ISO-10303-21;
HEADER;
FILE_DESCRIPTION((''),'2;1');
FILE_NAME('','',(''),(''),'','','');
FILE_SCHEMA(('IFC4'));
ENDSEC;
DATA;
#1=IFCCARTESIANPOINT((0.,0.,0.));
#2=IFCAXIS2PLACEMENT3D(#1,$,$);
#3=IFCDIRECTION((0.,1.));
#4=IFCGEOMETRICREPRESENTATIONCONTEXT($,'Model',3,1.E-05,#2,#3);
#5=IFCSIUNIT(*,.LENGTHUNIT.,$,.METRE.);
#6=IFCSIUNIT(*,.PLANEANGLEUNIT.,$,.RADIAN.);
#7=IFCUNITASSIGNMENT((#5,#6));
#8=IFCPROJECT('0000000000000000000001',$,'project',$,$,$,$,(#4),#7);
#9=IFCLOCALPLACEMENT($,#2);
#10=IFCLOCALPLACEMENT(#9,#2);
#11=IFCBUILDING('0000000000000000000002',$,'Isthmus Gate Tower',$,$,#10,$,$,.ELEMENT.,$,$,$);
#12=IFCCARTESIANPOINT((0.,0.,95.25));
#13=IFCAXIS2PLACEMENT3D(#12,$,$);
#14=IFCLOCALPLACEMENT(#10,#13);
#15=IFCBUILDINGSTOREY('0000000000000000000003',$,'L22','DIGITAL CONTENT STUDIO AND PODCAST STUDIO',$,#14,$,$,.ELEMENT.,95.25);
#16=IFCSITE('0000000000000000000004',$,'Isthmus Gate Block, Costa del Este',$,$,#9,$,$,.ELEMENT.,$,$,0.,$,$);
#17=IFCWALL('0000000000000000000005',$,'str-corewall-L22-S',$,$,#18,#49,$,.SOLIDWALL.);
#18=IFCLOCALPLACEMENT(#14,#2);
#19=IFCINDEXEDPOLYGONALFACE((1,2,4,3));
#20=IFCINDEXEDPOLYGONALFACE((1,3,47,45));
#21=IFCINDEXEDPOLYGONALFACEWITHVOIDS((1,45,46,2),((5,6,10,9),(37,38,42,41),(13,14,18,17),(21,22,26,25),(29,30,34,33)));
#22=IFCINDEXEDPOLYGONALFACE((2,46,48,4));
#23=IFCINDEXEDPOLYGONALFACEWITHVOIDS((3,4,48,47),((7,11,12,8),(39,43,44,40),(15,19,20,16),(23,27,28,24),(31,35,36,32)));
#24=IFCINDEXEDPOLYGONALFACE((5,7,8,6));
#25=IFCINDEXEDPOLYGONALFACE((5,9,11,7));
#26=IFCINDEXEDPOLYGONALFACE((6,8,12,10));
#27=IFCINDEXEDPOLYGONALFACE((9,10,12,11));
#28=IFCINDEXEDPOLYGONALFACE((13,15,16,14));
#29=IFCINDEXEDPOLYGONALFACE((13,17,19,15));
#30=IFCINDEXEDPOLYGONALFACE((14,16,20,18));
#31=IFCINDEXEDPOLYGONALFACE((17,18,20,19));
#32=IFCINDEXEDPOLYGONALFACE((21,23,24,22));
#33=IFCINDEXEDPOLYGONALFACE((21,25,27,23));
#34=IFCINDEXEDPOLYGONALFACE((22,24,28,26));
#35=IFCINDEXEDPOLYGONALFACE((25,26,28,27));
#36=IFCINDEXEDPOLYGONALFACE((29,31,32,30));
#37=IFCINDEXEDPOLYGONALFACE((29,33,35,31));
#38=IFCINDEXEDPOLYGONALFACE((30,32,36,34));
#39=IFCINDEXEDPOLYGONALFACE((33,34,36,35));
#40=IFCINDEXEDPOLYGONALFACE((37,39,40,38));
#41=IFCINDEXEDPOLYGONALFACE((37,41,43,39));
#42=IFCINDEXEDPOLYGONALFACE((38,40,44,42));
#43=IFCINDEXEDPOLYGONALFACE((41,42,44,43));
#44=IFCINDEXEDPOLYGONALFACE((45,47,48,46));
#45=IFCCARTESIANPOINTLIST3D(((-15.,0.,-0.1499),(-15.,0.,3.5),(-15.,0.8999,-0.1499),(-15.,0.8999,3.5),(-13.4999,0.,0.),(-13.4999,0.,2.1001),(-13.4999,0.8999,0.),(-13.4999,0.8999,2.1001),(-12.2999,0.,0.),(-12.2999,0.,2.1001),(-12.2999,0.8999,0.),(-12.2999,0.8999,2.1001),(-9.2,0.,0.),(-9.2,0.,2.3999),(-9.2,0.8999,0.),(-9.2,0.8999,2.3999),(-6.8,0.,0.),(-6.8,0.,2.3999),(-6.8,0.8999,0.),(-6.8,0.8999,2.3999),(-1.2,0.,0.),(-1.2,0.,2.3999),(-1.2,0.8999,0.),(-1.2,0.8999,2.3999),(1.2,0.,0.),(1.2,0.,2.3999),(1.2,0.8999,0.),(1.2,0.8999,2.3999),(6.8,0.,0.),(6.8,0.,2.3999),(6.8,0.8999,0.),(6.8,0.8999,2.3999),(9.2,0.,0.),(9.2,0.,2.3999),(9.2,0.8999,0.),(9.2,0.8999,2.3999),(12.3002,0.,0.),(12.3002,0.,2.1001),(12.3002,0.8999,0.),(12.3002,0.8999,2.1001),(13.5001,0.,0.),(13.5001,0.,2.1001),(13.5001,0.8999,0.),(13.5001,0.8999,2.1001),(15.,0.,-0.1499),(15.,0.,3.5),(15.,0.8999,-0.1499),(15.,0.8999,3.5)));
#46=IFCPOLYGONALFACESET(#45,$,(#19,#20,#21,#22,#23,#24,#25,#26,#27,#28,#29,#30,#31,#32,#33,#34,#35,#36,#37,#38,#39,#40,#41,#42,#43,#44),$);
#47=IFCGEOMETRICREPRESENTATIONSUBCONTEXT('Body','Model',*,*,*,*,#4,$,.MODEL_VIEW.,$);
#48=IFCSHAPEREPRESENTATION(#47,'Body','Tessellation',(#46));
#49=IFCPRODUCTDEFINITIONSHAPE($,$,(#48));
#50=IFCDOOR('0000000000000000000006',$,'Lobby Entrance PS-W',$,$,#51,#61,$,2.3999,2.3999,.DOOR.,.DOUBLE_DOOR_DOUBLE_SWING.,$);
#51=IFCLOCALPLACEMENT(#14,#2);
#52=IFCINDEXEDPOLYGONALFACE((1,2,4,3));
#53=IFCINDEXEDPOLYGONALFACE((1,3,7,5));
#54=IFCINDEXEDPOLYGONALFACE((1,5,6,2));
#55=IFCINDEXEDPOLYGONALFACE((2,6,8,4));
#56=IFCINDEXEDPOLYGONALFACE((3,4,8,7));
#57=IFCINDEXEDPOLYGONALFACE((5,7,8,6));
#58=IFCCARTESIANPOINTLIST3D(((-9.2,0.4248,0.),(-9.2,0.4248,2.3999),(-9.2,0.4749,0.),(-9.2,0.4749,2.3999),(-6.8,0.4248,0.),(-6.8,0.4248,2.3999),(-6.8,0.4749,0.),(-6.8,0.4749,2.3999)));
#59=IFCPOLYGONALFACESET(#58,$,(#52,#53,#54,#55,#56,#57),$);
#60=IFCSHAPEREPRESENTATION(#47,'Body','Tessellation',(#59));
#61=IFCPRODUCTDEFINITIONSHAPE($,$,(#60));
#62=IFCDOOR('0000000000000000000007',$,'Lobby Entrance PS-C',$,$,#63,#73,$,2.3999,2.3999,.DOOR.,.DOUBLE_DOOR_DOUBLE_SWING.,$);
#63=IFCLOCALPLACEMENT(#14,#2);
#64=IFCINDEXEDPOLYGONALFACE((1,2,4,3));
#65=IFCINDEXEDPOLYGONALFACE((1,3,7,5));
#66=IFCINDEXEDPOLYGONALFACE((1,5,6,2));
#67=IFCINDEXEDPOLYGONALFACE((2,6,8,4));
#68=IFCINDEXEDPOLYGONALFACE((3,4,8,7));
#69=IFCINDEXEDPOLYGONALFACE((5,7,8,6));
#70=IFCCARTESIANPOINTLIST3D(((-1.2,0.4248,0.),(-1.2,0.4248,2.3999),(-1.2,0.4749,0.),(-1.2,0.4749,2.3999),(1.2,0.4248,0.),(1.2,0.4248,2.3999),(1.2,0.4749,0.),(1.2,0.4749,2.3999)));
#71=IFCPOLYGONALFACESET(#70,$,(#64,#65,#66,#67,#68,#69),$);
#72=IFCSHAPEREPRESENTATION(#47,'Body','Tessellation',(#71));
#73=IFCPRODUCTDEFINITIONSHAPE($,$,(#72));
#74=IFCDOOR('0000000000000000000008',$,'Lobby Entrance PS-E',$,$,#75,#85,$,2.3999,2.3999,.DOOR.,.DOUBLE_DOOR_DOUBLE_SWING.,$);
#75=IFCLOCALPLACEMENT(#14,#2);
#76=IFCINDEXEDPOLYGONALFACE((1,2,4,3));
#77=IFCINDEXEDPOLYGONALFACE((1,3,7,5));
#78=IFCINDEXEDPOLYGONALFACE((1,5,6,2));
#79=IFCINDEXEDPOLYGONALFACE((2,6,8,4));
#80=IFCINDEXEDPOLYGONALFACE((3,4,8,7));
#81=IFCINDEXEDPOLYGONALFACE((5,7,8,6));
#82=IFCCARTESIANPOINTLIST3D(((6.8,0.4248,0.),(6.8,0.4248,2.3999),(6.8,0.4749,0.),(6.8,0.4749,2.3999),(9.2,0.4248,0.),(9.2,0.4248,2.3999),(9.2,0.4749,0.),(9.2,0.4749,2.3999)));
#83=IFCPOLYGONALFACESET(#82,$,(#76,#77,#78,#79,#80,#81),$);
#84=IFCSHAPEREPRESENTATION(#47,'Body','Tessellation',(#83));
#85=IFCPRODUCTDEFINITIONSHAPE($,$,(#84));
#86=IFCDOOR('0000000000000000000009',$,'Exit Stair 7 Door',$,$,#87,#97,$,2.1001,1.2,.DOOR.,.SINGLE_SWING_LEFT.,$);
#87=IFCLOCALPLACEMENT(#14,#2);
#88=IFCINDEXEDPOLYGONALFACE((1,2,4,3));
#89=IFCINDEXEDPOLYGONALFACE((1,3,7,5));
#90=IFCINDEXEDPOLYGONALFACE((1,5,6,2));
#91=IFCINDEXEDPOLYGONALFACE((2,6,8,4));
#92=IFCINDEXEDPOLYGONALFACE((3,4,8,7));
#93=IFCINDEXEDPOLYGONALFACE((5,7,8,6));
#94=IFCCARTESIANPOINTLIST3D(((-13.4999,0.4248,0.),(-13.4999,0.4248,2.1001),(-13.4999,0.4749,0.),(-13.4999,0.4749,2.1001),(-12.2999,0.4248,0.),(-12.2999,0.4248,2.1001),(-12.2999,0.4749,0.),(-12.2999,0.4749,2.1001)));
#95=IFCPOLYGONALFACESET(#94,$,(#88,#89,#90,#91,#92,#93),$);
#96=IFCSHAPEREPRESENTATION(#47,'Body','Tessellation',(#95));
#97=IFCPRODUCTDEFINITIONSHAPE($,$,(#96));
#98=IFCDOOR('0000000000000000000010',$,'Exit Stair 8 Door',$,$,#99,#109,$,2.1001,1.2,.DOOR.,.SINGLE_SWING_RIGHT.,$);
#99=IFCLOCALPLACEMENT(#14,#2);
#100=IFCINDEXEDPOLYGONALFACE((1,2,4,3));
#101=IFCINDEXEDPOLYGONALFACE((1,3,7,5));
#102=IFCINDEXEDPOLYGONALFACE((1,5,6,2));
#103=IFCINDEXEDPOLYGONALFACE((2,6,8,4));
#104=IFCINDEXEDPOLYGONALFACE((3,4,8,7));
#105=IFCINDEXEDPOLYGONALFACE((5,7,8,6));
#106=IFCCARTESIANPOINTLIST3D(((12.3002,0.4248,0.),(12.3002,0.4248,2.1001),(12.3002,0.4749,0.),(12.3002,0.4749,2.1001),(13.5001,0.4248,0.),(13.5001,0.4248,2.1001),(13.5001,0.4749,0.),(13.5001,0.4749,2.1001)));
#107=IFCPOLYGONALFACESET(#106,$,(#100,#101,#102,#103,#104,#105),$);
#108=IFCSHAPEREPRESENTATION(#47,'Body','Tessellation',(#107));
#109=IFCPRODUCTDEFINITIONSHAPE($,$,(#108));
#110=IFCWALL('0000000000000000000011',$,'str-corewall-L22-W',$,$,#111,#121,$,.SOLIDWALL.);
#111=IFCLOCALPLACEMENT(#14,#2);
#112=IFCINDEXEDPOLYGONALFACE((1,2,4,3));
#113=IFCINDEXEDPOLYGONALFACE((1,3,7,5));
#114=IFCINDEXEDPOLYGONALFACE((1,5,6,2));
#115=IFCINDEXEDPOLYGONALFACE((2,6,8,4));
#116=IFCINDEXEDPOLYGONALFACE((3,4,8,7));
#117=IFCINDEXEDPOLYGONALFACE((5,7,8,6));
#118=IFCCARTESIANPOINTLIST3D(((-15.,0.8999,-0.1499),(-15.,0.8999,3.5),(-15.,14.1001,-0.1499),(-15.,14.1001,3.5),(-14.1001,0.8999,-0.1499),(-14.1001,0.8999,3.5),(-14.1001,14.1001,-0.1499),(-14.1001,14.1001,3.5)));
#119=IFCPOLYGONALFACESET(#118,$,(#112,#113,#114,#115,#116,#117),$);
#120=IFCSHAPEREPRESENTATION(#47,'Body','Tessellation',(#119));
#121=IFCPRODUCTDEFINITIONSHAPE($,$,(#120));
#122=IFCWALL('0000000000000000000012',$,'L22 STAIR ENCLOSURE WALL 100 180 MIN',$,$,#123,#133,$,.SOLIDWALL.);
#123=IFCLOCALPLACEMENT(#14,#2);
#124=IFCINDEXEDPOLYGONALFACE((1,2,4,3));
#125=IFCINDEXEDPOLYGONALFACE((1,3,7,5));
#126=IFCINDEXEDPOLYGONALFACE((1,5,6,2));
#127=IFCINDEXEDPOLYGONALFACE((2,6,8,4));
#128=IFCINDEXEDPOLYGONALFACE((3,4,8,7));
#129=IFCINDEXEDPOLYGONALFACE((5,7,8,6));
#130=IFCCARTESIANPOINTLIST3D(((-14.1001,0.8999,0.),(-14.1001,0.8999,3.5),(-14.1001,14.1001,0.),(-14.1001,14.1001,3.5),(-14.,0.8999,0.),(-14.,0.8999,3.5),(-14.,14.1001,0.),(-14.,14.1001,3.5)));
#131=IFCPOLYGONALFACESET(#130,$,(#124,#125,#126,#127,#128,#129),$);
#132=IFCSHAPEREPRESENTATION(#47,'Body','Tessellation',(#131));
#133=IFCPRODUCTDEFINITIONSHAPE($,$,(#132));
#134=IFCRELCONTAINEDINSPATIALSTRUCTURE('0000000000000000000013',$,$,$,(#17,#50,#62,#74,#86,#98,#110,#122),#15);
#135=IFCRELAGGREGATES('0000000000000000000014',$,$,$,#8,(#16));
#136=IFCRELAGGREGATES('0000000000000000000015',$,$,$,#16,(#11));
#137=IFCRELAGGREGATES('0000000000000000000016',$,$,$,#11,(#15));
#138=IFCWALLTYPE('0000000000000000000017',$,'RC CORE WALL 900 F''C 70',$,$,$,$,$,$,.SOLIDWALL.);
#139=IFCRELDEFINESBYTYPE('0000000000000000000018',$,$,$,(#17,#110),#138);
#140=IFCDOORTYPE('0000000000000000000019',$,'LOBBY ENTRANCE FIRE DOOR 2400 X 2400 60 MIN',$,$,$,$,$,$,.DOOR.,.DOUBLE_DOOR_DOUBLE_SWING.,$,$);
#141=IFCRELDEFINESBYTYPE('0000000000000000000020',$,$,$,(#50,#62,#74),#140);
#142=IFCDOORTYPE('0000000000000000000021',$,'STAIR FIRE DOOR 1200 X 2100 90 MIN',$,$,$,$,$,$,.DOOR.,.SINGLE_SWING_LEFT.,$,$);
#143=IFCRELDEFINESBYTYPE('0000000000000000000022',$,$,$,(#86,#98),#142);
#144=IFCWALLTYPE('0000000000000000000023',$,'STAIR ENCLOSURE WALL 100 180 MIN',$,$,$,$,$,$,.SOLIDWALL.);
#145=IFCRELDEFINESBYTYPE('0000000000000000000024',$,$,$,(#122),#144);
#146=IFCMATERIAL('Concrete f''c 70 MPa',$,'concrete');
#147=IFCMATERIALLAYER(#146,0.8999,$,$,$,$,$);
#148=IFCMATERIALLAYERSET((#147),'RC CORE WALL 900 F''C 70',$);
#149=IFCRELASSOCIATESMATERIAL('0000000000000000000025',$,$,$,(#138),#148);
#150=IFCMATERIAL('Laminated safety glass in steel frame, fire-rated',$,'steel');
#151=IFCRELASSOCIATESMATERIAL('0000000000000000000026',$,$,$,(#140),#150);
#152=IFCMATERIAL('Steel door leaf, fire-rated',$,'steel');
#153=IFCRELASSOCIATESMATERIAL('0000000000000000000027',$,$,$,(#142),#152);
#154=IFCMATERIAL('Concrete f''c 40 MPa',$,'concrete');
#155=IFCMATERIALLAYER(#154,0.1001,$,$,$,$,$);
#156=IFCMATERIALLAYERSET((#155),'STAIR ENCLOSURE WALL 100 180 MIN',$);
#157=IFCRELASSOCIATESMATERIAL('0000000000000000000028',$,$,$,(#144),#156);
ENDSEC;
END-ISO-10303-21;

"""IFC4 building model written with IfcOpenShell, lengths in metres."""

from ifc_helpers import new_model, si_unit, direction, frame, frame_2d, origin, place, context, subcontext, project, spatial, rectangle, extrude, material, layer, layer_set, type_object, element, fill, save


model = new_model("IFC4")

# Units and contexts
model_context = context("Model", 3, precision=1e-05, world=origin(), true_north=direction((0.0, 1.0)))
body_context = subcontext(model_context, "Body", "Model", "MODEL_VIEW")
ifc_project = project(units=[si_unit("LENGTHUNIT", "METRE"), si_unit("PLANEANGLEUNIT", "RADIAN")], contexts=[model_context])

# Site, building, storey
site_placement = place(None, origin())
site = spatial("IfcSite", under=ifc_project, at=site_placement, Name="Isthmus Gate Block, Costa del Este", CompositionType="ELEMENT", RefElevation=0.0)
building_placement = place(site_placement, origin())
building = spatial("IfcBuilding", under=site, at=building_placement, Name="Isthmus Gate Tower", CompositionType="ELEMENT")
storey_placement = place(building_placement, frame((0.0, 0.0, 95.25)))
storey = spatial("IfcBuildingStorey", under=building, at=storey_placement, Name="L22", Description="DIGITAL CONTENT STUDIO AND PODCAST STUDIO", CompositionType="ELEMENT", Elevation=95.25)

# Wall, openings, doors
ifc_material_1 = material(Name="Concrete f'c 70 MPa", Category="concrete")
ifc_layer_1 = layer(ifc_material_1, 0.8999)
ifc_layer_set_1 = layer_set([ifc_layer_1], Name="RC CORE WALL 900 F'C 70")
wall_type_1 = type_object("IfcWallType", Name="RC CORE WALL 900 F'C 70", PredefinedType="SOLIDWALL", material=ifc_layer_set_1)
wall_1_placement = place(storey_placement, frame((-15.0, 0.45, -0.1499), z_axis=(0.0, 0.0, 1.0), x_axis=(1.0, 0.0, 0.0)))
wall_1 = element("IfcWall", 1, at=wall_1_placement, inside=storey, type_object=wall_type_1, Name="str-corewall-L22-S", PredefinedType="SOLIDWALL", context=body_context, shape_type="SweptSolid", body=[
    extrude(rectangle(XDim=30.0, YDim=0.8999, at=frame_2d((15.0, 0.0))), origin(), (0.0, 0.0, 1.0), 3.6499),
])
opening_1_placement = place(wall_1_placement, frame((5.8, 0.0, 0.1499)))
opening_1 = element("IfcOpeningElement", 2, at=opening_1_placement, cuts=wall_1, PredefinedType="OPENING", context=body_context, shape_type="SweptSolid", body=[
    extrude(rectangle(XDim=2.3999, YDim=2.3999, at=frame_2d((1.2, 1.2))), frame((0.0, 0.46, 0.0), z_axis=(0.0, -1.0, 0.0), x_axis=(1.0, 0.0, 0.0)), (0.0, 0.0, 1.0), 0.9199),
])
opening_2_placement = place(wall_1_placement, frame((13.8, 0.0, 0.1499)))
opening_2 = element("IfcOpeningElement", 3, at=opening_2_placement, cuts=wall_1, PredefinedType="OPENING", context=body_context, shape_type="SweptSolid", body=[
    extrude(rectangle(XDim=2.3999, YDim=2.3999, at=frame_2d((1.2, 1.2))), frame((0.0, 0.46, 0.0), z_axis=(0.0, -1.0, 0.0), x_axis=(1.0, 0.0, 0.0)), (0.0, 0.0, 1.0), 0.9199),
])
opening_3_placement = place(wall_1_placement, frame((21.8, 0.0, 0.1499)))
opening_3 = element("IfcOpeningElement", 4, at=opening_3_placement, cuts=wall_1, PredefinedType="OPENING", context=body_context, shape_type="SweptSolid", body=[
    extrude(rectangle(XDim=2.3999, YDim=2.3999, at=frame_2d((1.2, 1.2))), frame((0.0, 0.46, 0.0), z_axis=(0.0, -1.0, 0.0), x_axis=(1.0, 0.0, 0.0)), (0.0, 0.0, 1.0), 0.9199),
])
opening_4_placement = place(wall_1_placement, frame((1.5, 0.0, 0.1499)))
opening_4 = element("IfcOpeningElement", 5, at=opening_4_placement, cuts=wall_1, PredefinedType="OPENING", context=body_context, shape_type="SweptSolid", body=[
    extrude(rectangle(XDim=1.2, YDim=2.1001, at=frame_2d((0.6001, 1.05))), frame((0.0, 0.46, 0.0), z_axis=(0.0, -1.0, 0.0), x_axis=(1.0, 0.0, 0.0)), (0.0, 0.0, 1.0), 0.9199),
])
opening_5_placement = place(wall_1_placement, frame((27.3, 0.0, 0.1499)))
opening_5 = element("IfcOpeningElement", 6, at=opening_5_placement, cuts=wall_1, PredefinedType="OPENING", context=body_context, shape_type="SweptSolid", body=[
    extrude(rectangle(XDim=1.2, YDim=2.1001, at=frame_2d((0.6001, 1.05))), frame((0.0, 0.46, 0.0), z_axis=(0.0, -1.0, 0.0), x_axis=(1.0, 0.0, 0.0)), (0.0, 0.0, 1.0), 0.9199),
])
ifc_material_2 = material(Name="Laminated safety glass in steel frame, fire-rated", Category="steel")
door_type_1 = type_object("IfcDoorType", Name="LOBBY ENTRANCE FIRE DOOR 2400 X 2400 60 MIN", OperationType="DOUBLE_DOOR_DOUBLE_SWING", PredefinedType="DOOR", material=ifc_material_2)
door_1_placement = place(opening_1_placement, origin())
door_1 = element("IfcDoor", 7, at=door_1_placement, inside=storey, type_object=door_type_1, Name="Lobby Entrance PS-W", OperationType="DOUBLE_DOOR_DOUBLE_SWING", OverallHeight=2.3999, OverallWidth=2.3999, PredefinedType="DOOR", context=body_context, shape_type="SweptSolid", body=[
    extrude(rectangle(XDim=2.3999, YDim=2.3999, at=frame_2d((1.2, 1.2))), frame((0.0, 0.0249, 0.0), z_axis=(0.0, -1.0, 0.0), x_axis=(1.0, 0.0, 0.0)), (0.0, 0.0, 1.0), 0.05),
])
fill(opening_1, door_1)
door_2_placement = place(opening_2_placement, origin())
door_2 = element("IfcDoor", 8, at=door_2_placement, inside=storey, type_object=door_type_1, Name="Lobby Entrance PS-C", OperationType="DOUBLE_DOOR_DOUBLE_SWING", OverallHeight=2.3999, OverallWidth=2.3999, PredefinedType="DOOR", context=body_context, shape_type="SweptSolid", body=[
    extrude(rectangle(XDim=2.3999, YDim=2.3999, at=frame_2d((1.2, 1.2))), frame((0.0, 0.0249, 0.0), z_axis=(0.0, -1.0, 0.0), x_axis=(1.0, 0.0, 0.0)), (0.0, 0.0, 1.0), 0.05),
])
fill(opening_2, door_2)
door_3_placement = place(opening_3_placement, origin())
door_3 = element("IfcDoor", 9, at=door_3_placement, inside=storey, type_object=door_type_1, Name="Lobby Entrance PS-E", OperationType="DOUBLE_DOOR_DOUBLE_SWING", OverallHeight=2.3999, OverallWidth=2.3999, PredefinedType="DOOR", context=body_context, shape_type="SweptSolid", body=[
    extrude(rectangle(XDim=2.3999, YDim=2.3999, at=frame_2d((1.2, 1.2))), frame((0.0, 0.0249, 0.0), z_axis=(0.0, -1.0, 0.0), x_axis=(1.0, 0.0, 0.0)), (0.0, 0.0, 1.0), 0.05),
])
fill(opening_3, door_3)
ifc_material_3 = material(Name="Steel door leaf, fire-rated", Category="steel")
door_type_2 = type_object("IfcDoorType", Name="STAIR FIRE DOOR 1200 X 2100 90 MIN", OperationType="SINGLE_SWING_LEFT", PredefinedType="DOOR", material=ifc_material_3)
door_4_placement = place(opening_4_placement, origin())
door_4 = element("IfcDoor", 10, at=door_4_placement, inside=storey, type_object=door_type_2, Name="Exit Stair 7 Door", OperationType="SINGLE_SWING_LEFT", OverallHeight=2.1001, OverallWidth=1.2, PredefinedType="DOOR", context=body_context, shape_type="SweptSolid", body=[
    extrude(rectangle(XDim=1.2, YDim=2.1001, at=frame_2d((0.6001, 1.05))), frame((0.0, 0.0249, 0.0), z_axis=(0.0, -1.0, 0.0), x_axis=(1.0, 0.0, 0.0)), (0.0, 0.0, 1.0), 0.05),
])
fill(opening_4, door_4)
door_5_placement = place(opening_5_placement, origin())
door_5 = element("IfcDoor", 11, at=door_5_placement, inside=storey, type_object=door_type_2, Name="Exit Stair 8 Door", OperationType="SINGLE_SWING_RIGHT", OverallHeight=2.1001, OverallWidth=1.2, PredefinedType="DOOR", context=body_context, shape_type="SweptSolid", body=[
    extrude(rectangle(XDim=1.2, YDim=2.1001, at=frame_2d((0.6001, 1.05))), frame((0.0, 0.0249, 0.0), z_axis=(0.0, -1.0, 0.0), x_axis=(1.0, 0.0, 0.0)), (0.0, 0.0, 1.0), 0.05),
])
fill(opening_5, door_5)

# Walls
wall_2_placement = place(storey_placement, frame((-14.55, 0.8999, -0.1499), z_axis=(0.0, 0.0, 1.0), x_axis=(0.0, 1.0, 0.0)))
element("IfcWall", 12, at=wall_2_placement, inside=storey, type_object=wall_type_1, Name="str-corewall-L22-W", PredefinedType="SOLIDWALL", context=body_context, shape_type="SweptSolid", body=[
    extrude(rectangle(XDim=13.2002, YDim=0.8999, at=frame_2d((6.6001, 0.0))), origin(), (0.0, 0.0, 1.0), 3.6499),
])
ifc_material_4 = material(Name="Concrete f'c 40 MPa", Category="concrete")
ifc_layer_2 = layer(ifc_material_4, 0.1001)
ifc_layer_set_2 = layer_set([ifc_layer_2], Name="STAIR ENCLOSURE WALL 100 180 MIN")
wall_type_2 = type_object("IfcWallType", Name="STAIR ENCLOSURE WALL 100 180 MIN", PredefinedType="SOLIDWALL", material=ifc_layer_set_2)
wall_3_placement = place(storey_placement, frame((-14.05, 0.8999, 0.0), z_axis=(0.0, 0.0, 1.0), x_axis=(0.0, 1.0, 0.0)))
element("IfcWall", 13, at=wall_3_placement, inside=storey, type_object=wall_type_2, Name="L22 STAIR ENCLOSURE WALL 100 180 MIN", PredefinedType="SOLIDWALL", context=body_context, shape_type="SweptSolid", body=[
    extrude(rectangle(XDim=13.2002, YDim=0.1001, at=frame_2d((6.6001, 0.0))), origin(), (0.0, 0.0, 1.0), 3.5),
])

save(model, "model.ifc")
